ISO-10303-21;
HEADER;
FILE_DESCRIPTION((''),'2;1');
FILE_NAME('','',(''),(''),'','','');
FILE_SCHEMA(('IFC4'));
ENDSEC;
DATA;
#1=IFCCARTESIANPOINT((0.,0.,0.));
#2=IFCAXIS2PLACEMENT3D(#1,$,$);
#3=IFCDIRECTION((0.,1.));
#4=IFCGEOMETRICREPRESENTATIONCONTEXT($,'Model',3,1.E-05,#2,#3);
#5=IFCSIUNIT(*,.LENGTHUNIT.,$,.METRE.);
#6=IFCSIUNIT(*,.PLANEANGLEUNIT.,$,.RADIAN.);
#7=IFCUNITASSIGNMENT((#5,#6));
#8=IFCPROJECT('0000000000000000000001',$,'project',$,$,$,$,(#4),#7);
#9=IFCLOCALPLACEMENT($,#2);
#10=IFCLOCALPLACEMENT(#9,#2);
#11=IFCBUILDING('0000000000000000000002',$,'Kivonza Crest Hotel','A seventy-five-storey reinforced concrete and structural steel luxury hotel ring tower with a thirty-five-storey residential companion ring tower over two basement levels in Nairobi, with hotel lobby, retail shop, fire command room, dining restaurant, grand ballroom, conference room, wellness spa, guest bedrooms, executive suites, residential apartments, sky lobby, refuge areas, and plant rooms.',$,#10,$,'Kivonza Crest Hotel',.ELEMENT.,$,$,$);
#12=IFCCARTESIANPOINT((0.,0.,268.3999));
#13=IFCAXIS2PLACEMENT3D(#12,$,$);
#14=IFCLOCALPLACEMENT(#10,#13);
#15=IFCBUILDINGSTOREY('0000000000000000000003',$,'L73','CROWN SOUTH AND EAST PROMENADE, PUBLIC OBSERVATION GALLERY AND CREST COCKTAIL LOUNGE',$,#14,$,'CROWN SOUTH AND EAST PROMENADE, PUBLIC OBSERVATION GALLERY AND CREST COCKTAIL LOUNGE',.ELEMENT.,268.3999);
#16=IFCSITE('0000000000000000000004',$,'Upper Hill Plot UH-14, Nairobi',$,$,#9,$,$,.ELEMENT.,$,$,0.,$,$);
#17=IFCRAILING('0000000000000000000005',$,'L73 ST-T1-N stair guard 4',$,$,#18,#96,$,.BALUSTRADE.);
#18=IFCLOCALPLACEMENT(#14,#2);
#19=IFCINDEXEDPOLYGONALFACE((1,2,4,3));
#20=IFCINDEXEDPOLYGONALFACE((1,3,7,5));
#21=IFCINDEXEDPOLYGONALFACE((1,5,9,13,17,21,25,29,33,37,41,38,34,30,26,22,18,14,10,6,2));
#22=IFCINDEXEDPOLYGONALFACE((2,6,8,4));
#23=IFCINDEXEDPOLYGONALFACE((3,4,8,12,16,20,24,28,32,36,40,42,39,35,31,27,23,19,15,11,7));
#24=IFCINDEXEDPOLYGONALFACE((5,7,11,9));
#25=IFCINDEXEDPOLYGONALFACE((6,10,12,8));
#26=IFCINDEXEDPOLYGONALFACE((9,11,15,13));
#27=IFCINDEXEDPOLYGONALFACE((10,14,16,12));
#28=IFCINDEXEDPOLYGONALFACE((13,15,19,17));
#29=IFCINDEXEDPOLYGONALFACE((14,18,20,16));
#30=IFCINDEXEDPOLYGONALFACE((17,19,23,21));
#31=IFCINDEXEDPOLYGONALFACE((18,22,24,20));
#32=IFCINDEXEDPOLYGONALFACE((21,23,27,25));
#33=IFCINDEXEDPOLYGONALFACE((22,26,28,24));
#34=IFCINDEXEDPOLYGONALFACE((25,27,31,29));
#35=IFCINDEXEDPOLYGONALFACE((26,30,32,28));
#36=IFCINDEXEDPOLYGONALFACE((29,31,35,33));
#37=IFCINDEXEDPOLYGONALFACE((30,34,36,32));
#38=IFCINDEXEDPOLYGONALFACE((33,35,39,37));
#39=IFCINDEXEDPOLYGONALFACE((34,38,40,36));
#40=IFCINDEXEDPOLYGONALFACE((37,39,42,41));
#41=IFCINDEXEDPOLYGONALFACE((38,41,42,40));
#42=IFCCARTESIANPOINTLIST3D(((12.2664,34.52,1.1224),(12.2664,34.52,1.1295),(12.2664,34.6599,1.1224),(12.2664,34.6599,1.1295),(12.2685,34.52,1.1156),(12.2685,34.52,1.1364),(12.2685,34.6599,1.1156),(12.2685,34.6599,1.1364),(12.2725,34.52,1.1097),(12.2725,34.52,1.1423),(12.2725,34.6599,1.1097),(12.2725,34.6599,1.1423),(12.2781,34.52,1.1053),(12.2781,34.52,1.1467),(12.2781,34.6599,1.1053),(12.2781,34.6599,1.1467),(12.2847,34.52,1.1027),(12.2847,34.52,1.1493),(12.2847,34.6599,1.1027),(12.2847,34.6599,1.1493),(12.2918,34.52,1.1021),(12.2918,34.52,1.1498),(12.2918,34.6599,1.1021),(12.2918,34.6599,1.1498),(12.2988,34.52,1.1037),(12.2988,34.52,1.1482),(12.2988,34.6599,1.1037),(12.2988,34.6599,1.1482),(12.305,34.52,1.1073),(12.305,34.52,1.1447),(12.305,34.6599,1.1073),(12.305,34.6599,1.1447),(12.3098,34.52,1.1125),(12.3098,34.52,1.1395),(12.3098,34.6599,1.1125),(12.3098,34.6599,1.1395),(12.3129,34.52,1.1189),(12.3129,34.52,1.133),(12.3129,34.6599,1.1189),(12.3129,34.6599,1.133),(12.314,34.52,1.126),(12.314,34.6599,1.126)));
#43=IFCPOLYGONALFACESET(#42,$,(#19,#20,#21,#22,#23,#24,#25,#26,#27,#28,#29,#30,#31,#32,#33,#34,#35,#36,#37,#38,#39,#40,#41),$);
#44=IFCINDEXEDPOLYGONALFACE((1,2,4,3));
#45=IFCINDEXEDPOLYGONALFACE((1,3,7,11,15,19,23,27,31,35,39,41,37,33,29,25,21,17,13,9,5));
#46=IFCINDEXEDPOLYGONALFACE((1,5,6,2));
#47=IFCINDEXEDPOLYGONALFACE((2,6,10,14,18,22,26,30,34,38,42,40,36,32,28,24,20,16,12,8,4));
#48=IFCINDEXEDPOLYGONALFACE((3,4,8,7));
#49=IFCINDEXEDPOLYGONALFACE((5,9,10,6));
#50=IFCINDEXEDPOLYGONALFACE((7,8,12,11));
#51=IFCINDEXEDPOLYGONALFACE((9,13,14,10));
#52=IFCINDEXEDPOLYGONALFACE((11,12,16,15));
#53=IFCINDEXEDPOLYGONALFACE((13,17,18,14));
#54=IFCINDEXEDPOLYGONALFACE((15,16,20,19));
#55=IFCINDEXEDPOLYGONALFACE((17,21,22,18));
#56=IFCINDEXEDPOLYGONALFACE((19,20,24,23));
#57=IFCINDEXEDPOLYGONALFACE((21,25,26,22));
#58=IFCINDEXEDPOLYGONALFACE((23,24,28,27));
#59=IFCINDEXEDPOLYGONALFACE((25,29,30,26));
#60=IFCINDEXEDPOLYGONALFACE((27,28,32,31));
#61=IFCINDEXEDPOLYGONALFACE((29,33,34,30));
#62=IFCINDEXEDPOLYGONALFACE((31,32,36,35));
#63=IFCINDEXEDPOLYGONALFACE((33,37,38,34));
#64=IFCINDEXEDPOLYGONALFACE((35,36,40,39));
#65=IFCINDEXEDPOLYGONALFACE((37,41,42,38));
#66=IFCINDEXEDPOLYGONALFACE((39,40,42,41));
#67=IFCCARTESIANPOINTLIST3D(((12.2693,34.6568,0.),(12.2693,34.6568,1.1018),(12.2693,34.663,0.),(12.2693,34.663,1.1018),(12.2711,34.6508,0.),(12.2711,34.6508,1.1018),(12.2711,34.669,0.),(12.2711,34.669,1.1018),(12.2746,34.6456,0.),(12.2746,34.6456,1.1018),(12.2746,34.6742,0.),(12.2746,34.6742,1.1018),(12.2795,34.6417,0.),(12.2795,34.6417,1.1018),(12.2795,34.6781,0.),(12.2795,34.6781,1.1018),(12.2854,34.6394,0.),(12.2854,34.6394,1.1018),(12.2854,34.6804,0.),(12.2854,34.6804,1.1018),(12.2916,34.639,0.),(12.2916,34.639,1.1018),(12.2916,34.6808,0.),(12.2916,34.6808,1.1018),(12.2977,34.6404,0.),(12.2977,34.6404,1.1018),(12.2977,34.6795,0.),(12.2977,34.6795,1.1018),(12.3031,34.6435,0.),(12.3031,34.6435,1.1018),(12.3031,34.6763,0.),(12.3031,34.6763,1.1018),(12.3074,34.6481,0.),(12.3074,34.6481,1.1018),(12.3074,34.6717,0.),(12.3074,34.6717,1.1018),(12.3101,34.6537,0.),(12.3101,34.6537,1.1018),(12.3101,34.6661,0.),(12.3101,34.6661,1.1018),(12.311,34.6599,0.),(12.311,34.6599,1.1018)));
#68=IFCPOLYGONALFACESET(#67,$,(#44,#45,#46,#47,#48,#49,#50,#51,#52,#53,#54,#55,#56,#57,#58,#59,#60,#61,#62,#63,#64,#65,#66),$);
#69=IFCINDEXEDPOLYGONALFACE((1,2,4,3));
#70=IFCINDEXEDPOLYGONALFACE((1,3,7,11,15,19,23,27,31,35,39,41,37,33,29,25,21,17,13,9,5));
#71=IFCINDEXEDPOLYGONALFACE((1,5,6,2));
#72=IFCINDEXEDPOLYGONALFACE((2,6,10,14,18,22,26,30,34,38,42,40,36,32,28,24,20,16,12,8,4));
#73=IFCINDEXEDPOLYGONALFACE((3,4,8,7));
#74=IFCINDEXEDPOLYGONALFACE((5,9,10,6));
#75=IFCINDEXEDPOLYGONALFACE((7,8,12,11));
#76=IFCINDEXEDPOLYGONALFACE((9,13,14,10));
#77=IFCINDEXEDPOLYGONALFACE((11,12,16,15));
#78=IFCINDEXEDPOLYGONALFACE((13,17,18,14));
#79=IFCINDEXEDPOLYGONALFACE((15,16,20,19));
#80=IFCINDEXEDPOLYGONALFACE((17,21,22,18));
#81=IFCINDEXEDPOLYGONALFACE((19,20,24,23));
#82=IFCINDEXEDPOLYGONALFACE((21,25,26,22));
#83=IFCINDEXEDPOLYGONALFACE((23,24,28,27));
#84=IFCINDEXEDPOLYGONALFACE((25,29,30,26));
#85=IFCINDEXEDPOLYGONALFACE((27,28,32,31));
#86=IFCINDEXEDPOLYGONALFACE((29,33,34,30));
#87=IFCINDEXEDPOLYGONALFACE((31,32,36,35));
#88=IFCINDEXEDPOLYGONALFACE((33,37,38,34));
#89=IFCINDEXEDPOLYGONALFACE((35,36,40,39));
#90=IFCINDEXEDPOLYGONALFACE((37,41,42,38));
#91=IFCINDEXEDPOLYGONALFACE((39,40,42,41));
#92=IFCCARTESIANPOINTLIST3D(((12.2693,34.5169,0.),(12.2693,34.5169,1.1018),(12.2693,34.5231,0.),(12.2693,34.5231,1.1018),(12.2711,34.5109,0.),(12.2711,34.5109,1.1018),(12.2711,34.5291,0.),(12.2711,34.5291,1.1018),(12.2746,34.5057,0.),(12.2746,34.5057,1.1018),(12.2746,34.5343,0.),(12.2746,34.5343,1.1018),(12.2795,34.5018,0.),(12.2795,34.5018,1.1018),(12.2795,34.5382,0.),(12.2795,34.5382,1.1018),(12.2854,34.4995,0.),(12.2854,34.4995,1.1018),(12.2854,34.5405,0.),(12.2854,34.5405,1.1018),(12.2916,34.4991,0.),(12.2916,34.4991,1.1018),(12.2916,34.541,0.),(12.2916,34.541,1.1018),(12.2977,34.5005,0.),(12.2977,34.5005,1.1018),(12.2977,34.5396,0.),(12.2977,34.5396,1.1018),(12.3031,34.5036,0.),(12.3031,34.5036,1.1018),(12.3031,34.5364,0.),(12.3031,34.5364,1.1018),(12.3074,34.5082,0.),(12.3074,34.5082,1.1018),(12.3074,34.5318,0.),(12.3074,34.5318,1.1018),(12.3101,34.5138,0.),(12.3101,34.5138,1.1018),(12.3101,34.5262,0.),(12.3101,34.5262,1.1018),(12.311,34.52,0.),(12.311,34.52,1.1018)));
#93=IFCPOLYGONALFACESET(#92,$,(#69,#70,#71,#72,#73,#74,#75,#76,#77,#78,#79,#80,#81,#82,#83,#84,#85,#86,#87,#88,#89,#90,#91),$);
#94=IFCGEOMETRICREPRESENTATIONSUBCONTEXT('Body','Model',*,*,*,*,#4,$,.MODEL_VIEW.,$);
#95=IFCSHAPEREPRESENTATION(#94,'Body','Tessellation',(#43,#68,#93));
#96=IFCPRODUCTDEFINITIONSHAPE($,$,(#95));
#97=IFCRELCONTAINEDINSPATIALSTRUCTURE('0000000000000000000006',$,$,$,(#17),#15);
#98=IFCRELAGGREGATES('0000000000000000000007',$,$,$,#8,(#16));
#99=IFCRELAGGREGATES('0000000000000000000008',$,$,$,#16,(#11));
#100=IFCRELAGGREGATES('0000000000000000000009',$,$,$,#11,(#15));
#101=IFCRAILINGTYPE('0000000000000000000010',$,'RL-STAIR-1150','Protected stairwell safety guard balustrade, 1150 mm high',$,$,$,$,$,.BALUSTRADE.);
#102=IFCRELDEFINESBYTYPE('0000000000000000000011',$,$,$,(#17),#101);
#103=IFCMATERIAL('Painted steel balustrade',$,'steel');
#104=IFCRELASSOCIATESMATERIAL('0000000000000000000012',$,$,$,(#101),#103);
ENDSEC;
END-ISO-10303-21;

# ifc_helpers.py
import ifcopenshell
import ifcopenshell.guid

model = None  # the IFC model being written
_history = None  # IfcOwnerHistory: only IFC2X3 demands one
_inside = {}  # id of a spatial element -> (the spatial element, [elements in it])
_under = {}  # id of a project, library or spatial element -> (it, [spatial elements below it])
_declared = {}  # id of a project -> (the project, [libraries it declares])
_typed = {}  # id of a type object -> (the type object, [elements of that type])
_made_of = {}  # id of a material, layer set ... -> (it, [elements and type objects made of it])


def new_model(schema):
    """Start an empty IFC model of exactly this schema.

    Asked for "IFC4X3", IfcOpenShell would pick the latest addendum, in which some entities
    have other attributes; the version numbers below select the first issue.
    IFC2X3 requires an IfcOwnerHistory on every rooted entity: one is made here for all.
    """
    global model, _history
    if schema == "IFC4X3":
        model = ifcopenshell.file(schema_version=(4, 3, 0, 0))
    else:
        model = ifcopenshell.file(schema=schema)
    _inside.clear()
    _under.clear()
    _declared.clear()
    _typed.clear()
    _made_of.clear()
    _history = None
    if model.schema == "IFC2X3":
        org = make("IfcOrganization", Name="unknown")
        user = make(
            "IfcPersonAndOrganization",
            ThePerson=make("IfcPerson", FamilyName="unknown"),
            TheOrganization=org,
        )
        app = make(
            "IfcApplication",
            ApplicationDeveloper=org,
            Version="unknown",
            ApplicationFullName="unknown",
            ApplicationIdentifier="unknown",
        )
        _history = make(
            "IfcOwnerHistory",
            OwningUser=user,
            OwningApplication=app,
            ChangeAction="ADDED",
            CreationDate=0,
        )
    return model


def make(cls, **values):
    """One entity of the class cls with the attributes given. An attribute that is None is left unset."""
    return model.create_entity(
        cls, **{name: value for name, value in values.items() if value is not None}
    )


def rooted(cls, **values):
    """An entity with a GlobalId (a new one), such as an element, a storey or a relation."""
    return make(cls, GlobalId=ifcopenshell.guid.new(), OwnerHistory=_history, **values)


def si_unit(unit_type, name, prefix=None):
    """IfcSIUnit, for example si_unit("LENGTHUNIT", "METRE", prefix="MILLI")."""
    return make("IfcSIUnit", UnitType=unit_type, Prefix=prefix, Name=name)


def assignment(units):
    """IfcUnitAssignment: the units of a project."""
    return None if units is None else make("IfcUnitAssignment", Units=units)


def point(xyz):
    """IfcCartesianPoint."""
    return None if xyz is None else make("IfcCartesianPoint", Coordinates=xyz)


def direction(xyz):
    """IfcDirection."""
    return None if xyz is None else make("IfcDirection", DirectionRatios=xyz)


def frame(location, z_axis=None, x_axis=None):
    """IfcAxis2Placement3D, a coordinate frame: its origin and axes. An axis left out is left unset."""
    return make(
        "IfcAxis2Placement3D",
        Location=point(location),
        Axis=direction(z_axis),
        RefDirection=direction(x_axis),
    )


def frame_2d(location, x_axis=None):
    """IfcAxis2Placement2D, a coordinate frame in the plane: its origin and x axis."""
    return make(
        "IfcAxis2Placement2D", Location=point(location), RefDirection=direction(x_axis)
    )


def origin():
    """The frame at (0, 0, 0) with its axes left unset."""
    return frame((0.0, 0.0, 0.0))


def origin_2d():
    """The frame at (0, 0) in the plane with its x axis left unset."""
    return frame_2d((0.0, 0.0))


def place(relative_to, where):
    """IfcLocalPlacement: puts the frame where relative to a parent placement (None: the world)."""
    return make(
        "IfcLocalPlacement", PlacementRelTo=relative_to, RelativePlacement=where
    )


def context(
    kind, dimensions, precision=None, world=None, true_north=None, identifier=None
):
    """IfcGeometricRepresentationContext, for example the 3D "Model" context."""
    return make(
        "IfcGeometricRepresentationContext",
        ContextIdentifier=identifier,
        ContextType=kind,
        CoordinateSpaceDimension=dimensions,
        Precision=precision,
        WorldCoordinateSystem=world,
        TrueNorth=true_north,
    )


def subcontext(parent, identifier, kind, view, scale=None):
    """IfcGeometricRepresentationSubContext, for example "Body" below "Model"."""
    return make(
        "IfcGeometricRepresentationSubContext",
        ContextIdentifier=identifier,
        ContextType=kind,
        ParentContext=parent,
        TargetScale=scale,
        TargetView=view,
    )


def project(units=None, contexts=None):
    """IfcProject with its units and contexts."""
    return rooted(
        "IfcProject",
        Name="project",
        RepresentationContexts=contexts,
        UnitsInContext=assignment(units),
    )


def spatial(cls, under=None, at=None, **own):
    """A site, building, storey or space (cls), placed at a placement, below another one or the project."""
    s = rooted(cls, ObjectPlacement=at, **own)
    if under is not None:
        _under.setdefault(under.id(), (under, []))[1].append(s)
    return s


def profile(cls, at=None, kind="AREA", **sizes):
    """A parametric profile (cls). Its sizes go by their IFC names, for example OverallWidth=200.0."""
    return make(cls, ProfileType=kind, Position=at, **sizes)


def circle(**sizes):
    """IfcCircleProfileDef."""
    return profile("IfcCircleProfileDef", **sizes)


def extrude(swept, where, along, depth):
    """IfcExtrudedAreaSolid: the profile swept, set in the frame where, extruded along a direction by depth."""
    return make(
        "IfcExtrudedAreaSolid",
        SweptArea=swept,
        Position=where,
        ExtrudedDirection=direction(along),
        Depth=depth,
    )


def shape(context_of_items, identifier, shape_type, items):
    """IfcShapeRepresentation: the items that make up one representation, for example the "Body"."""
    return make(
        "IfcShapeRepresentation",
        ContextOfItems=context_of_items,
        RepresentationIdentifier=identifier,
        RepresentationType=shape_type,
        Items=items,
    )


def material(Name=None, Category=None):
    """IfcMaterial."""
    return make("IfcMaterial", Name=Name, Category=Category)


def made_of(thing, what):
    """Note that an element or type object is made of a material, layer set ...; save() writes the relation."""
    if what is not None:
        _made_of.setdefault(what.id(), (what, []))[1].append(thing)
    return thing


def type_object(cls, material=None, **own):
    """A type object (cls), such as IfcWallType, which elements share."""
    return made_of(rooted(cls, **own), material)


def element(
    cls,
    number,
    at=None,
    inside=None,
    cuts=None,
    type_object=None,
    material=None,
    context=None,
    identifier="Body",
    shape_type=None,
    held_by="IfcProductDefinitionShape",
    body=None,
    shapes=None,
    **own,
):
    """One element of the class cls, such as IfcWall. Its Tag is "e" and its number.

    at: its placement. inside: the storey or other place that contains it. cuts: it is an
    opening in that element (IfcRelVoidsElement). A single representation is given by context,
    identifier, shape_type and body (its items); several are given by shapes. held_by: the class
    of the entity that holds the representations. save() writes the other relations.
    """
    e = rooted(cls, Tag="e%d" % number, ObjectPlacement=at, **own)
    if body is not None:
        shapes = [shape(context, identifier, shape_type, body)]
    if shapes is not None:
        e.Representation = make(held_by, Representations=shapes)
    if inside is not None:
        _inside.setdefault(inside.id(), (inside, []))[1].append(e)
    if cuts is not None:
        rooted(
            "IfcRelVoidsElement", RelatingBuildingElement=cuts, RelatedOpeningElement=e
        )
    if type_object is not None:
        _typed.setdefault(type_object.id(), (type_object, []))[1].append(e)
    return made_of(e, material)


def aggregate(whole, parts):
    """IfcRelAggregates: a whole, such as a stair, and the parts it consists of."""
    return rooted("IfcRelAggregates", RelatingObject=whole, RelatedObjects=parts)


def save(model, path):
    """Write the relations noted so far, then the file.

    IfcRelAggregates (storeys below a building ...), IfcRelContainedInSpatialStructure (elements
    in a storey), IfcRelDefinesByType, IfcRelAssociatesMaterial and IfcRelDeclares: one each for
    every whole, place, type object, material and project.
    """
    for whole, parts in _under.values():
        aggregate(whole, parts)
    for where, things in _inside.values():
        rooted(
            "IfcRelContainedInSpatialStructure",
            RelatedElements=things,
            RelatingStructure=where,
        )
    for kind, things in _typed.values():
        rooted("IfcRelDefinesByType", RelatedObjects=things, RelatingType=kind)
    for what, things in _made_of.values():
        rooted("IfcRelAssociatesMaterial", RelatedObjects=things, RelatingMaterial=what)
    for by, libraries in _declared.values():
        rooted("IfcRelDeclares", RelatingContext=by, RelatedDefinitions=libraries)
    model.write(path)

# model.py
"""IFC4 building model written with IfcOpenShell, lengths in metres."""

from ifc_helpers import new_model, si_unit, direction, frame, origin, origin_2d, place, context, subcontext, project, spatial, circle, extrude, material, type_object, element, save


model = new_model("IFC4")

# Units and contexts
model_context = context("Model", 3, precision=1e-05, world=origin(), true_north=direction((0.0, 1.0)))
body_context = subcontext(model_context, "Body", "Model", "MODEL_VIEW")
ifc_project = project(units=[si_unit("LENGTHUNIT", "METRE"), si_unit("PLANEANGLEUNIT", "RADIAN")], contexts=[model_context])

# Site, building, storey
site_placement = place(None, origin())
site = spatial("IfcSite", under=ifc_project, at=site_placement, Name="Upper Hill Plot UH-14, Nairobi", CompositionType="ELEMENT", RefElevation=0.0)
building_placement = place(site_placement, origin())
building = spatial("IfcBuilding", under=site, at=building_placement, Name="Kivonza Crest Hotel", Description="A seventy-five-storey reinforced concrete and structural steel luxury hotel ring tower with a thirty-five-storey residential companion ring tower over two basement levels in Nairobi, with hotel lobby, retail shop, fire command room, dining restaurant, grand ballroom, conference room, wellness spa, guest bedrooms, executive suites, residential apartments, sky lobby, refuge areas, and plant rooms.", LongName="Kivonza Crest Hotel", CompositionType="ELEMENT")
storey_placement = place(building_placement, frame((0.0, 0.0, 268.3999)))
storey = spatial("IfcBuildingStorey", under=building, at=storey_placement, Name="L73", Description="CROWN SOUTH AND EAST PROMENADE, PUBLIC OBSERVATION GALLERY AND CREST COCKTAIL LOUNGE", LongName="CROWN SOUTH AND EAST PROMENADE, PUBLIC OBSERVATION GALLERY AND CREST COCKTAIL LOUNGE", CompositionType="ELEMENT", Elevation=268.3999)

# Railing
ifc_material_1 = material(Name="Painted steel balustrade", Category="steel")
railing_type_1 = type_object("IfcRailingType", Name="RL-STAIR-1150", Description="Protected stairwell safety guard balustrade, 1150 mm high", PredefinedType="BALUSTRADE", material=ifc_material_1)
railing_1_placement = place(storey_placement, frame((12.29, 34.6599, 0.0)))
element("IfcRailing", 1, at=railing_1_placement, inside=storey, type_object=railing_type_1, Name="L73 ST-T1-N stair guard 4", PredefinedType="BALUSTRADE", context=body_context, shape_type="SweptSolid", body=[
    extrude(circle(Radius=0.0239, at=origin_2d()), frame((0.0, 0.0, 1.126), z_axis=(0.0, -1.0, 0.0), x_axis=(1.0, 0.0, 0.0)), (0.0, 0.0, 1.0), 0.1399),
    extrude(circle(Radius=0.021, at=origin_2d()), origin(), (0.0, 0.0, 1.0), 1.1018),
    extrude(circle(Radius=0.021, at=origin_2d()), frame((0.0, -0.1399, 0.0)), (0.0, 0.0, 1.0), 1.1018),
])

save(model, "model.ifc")
